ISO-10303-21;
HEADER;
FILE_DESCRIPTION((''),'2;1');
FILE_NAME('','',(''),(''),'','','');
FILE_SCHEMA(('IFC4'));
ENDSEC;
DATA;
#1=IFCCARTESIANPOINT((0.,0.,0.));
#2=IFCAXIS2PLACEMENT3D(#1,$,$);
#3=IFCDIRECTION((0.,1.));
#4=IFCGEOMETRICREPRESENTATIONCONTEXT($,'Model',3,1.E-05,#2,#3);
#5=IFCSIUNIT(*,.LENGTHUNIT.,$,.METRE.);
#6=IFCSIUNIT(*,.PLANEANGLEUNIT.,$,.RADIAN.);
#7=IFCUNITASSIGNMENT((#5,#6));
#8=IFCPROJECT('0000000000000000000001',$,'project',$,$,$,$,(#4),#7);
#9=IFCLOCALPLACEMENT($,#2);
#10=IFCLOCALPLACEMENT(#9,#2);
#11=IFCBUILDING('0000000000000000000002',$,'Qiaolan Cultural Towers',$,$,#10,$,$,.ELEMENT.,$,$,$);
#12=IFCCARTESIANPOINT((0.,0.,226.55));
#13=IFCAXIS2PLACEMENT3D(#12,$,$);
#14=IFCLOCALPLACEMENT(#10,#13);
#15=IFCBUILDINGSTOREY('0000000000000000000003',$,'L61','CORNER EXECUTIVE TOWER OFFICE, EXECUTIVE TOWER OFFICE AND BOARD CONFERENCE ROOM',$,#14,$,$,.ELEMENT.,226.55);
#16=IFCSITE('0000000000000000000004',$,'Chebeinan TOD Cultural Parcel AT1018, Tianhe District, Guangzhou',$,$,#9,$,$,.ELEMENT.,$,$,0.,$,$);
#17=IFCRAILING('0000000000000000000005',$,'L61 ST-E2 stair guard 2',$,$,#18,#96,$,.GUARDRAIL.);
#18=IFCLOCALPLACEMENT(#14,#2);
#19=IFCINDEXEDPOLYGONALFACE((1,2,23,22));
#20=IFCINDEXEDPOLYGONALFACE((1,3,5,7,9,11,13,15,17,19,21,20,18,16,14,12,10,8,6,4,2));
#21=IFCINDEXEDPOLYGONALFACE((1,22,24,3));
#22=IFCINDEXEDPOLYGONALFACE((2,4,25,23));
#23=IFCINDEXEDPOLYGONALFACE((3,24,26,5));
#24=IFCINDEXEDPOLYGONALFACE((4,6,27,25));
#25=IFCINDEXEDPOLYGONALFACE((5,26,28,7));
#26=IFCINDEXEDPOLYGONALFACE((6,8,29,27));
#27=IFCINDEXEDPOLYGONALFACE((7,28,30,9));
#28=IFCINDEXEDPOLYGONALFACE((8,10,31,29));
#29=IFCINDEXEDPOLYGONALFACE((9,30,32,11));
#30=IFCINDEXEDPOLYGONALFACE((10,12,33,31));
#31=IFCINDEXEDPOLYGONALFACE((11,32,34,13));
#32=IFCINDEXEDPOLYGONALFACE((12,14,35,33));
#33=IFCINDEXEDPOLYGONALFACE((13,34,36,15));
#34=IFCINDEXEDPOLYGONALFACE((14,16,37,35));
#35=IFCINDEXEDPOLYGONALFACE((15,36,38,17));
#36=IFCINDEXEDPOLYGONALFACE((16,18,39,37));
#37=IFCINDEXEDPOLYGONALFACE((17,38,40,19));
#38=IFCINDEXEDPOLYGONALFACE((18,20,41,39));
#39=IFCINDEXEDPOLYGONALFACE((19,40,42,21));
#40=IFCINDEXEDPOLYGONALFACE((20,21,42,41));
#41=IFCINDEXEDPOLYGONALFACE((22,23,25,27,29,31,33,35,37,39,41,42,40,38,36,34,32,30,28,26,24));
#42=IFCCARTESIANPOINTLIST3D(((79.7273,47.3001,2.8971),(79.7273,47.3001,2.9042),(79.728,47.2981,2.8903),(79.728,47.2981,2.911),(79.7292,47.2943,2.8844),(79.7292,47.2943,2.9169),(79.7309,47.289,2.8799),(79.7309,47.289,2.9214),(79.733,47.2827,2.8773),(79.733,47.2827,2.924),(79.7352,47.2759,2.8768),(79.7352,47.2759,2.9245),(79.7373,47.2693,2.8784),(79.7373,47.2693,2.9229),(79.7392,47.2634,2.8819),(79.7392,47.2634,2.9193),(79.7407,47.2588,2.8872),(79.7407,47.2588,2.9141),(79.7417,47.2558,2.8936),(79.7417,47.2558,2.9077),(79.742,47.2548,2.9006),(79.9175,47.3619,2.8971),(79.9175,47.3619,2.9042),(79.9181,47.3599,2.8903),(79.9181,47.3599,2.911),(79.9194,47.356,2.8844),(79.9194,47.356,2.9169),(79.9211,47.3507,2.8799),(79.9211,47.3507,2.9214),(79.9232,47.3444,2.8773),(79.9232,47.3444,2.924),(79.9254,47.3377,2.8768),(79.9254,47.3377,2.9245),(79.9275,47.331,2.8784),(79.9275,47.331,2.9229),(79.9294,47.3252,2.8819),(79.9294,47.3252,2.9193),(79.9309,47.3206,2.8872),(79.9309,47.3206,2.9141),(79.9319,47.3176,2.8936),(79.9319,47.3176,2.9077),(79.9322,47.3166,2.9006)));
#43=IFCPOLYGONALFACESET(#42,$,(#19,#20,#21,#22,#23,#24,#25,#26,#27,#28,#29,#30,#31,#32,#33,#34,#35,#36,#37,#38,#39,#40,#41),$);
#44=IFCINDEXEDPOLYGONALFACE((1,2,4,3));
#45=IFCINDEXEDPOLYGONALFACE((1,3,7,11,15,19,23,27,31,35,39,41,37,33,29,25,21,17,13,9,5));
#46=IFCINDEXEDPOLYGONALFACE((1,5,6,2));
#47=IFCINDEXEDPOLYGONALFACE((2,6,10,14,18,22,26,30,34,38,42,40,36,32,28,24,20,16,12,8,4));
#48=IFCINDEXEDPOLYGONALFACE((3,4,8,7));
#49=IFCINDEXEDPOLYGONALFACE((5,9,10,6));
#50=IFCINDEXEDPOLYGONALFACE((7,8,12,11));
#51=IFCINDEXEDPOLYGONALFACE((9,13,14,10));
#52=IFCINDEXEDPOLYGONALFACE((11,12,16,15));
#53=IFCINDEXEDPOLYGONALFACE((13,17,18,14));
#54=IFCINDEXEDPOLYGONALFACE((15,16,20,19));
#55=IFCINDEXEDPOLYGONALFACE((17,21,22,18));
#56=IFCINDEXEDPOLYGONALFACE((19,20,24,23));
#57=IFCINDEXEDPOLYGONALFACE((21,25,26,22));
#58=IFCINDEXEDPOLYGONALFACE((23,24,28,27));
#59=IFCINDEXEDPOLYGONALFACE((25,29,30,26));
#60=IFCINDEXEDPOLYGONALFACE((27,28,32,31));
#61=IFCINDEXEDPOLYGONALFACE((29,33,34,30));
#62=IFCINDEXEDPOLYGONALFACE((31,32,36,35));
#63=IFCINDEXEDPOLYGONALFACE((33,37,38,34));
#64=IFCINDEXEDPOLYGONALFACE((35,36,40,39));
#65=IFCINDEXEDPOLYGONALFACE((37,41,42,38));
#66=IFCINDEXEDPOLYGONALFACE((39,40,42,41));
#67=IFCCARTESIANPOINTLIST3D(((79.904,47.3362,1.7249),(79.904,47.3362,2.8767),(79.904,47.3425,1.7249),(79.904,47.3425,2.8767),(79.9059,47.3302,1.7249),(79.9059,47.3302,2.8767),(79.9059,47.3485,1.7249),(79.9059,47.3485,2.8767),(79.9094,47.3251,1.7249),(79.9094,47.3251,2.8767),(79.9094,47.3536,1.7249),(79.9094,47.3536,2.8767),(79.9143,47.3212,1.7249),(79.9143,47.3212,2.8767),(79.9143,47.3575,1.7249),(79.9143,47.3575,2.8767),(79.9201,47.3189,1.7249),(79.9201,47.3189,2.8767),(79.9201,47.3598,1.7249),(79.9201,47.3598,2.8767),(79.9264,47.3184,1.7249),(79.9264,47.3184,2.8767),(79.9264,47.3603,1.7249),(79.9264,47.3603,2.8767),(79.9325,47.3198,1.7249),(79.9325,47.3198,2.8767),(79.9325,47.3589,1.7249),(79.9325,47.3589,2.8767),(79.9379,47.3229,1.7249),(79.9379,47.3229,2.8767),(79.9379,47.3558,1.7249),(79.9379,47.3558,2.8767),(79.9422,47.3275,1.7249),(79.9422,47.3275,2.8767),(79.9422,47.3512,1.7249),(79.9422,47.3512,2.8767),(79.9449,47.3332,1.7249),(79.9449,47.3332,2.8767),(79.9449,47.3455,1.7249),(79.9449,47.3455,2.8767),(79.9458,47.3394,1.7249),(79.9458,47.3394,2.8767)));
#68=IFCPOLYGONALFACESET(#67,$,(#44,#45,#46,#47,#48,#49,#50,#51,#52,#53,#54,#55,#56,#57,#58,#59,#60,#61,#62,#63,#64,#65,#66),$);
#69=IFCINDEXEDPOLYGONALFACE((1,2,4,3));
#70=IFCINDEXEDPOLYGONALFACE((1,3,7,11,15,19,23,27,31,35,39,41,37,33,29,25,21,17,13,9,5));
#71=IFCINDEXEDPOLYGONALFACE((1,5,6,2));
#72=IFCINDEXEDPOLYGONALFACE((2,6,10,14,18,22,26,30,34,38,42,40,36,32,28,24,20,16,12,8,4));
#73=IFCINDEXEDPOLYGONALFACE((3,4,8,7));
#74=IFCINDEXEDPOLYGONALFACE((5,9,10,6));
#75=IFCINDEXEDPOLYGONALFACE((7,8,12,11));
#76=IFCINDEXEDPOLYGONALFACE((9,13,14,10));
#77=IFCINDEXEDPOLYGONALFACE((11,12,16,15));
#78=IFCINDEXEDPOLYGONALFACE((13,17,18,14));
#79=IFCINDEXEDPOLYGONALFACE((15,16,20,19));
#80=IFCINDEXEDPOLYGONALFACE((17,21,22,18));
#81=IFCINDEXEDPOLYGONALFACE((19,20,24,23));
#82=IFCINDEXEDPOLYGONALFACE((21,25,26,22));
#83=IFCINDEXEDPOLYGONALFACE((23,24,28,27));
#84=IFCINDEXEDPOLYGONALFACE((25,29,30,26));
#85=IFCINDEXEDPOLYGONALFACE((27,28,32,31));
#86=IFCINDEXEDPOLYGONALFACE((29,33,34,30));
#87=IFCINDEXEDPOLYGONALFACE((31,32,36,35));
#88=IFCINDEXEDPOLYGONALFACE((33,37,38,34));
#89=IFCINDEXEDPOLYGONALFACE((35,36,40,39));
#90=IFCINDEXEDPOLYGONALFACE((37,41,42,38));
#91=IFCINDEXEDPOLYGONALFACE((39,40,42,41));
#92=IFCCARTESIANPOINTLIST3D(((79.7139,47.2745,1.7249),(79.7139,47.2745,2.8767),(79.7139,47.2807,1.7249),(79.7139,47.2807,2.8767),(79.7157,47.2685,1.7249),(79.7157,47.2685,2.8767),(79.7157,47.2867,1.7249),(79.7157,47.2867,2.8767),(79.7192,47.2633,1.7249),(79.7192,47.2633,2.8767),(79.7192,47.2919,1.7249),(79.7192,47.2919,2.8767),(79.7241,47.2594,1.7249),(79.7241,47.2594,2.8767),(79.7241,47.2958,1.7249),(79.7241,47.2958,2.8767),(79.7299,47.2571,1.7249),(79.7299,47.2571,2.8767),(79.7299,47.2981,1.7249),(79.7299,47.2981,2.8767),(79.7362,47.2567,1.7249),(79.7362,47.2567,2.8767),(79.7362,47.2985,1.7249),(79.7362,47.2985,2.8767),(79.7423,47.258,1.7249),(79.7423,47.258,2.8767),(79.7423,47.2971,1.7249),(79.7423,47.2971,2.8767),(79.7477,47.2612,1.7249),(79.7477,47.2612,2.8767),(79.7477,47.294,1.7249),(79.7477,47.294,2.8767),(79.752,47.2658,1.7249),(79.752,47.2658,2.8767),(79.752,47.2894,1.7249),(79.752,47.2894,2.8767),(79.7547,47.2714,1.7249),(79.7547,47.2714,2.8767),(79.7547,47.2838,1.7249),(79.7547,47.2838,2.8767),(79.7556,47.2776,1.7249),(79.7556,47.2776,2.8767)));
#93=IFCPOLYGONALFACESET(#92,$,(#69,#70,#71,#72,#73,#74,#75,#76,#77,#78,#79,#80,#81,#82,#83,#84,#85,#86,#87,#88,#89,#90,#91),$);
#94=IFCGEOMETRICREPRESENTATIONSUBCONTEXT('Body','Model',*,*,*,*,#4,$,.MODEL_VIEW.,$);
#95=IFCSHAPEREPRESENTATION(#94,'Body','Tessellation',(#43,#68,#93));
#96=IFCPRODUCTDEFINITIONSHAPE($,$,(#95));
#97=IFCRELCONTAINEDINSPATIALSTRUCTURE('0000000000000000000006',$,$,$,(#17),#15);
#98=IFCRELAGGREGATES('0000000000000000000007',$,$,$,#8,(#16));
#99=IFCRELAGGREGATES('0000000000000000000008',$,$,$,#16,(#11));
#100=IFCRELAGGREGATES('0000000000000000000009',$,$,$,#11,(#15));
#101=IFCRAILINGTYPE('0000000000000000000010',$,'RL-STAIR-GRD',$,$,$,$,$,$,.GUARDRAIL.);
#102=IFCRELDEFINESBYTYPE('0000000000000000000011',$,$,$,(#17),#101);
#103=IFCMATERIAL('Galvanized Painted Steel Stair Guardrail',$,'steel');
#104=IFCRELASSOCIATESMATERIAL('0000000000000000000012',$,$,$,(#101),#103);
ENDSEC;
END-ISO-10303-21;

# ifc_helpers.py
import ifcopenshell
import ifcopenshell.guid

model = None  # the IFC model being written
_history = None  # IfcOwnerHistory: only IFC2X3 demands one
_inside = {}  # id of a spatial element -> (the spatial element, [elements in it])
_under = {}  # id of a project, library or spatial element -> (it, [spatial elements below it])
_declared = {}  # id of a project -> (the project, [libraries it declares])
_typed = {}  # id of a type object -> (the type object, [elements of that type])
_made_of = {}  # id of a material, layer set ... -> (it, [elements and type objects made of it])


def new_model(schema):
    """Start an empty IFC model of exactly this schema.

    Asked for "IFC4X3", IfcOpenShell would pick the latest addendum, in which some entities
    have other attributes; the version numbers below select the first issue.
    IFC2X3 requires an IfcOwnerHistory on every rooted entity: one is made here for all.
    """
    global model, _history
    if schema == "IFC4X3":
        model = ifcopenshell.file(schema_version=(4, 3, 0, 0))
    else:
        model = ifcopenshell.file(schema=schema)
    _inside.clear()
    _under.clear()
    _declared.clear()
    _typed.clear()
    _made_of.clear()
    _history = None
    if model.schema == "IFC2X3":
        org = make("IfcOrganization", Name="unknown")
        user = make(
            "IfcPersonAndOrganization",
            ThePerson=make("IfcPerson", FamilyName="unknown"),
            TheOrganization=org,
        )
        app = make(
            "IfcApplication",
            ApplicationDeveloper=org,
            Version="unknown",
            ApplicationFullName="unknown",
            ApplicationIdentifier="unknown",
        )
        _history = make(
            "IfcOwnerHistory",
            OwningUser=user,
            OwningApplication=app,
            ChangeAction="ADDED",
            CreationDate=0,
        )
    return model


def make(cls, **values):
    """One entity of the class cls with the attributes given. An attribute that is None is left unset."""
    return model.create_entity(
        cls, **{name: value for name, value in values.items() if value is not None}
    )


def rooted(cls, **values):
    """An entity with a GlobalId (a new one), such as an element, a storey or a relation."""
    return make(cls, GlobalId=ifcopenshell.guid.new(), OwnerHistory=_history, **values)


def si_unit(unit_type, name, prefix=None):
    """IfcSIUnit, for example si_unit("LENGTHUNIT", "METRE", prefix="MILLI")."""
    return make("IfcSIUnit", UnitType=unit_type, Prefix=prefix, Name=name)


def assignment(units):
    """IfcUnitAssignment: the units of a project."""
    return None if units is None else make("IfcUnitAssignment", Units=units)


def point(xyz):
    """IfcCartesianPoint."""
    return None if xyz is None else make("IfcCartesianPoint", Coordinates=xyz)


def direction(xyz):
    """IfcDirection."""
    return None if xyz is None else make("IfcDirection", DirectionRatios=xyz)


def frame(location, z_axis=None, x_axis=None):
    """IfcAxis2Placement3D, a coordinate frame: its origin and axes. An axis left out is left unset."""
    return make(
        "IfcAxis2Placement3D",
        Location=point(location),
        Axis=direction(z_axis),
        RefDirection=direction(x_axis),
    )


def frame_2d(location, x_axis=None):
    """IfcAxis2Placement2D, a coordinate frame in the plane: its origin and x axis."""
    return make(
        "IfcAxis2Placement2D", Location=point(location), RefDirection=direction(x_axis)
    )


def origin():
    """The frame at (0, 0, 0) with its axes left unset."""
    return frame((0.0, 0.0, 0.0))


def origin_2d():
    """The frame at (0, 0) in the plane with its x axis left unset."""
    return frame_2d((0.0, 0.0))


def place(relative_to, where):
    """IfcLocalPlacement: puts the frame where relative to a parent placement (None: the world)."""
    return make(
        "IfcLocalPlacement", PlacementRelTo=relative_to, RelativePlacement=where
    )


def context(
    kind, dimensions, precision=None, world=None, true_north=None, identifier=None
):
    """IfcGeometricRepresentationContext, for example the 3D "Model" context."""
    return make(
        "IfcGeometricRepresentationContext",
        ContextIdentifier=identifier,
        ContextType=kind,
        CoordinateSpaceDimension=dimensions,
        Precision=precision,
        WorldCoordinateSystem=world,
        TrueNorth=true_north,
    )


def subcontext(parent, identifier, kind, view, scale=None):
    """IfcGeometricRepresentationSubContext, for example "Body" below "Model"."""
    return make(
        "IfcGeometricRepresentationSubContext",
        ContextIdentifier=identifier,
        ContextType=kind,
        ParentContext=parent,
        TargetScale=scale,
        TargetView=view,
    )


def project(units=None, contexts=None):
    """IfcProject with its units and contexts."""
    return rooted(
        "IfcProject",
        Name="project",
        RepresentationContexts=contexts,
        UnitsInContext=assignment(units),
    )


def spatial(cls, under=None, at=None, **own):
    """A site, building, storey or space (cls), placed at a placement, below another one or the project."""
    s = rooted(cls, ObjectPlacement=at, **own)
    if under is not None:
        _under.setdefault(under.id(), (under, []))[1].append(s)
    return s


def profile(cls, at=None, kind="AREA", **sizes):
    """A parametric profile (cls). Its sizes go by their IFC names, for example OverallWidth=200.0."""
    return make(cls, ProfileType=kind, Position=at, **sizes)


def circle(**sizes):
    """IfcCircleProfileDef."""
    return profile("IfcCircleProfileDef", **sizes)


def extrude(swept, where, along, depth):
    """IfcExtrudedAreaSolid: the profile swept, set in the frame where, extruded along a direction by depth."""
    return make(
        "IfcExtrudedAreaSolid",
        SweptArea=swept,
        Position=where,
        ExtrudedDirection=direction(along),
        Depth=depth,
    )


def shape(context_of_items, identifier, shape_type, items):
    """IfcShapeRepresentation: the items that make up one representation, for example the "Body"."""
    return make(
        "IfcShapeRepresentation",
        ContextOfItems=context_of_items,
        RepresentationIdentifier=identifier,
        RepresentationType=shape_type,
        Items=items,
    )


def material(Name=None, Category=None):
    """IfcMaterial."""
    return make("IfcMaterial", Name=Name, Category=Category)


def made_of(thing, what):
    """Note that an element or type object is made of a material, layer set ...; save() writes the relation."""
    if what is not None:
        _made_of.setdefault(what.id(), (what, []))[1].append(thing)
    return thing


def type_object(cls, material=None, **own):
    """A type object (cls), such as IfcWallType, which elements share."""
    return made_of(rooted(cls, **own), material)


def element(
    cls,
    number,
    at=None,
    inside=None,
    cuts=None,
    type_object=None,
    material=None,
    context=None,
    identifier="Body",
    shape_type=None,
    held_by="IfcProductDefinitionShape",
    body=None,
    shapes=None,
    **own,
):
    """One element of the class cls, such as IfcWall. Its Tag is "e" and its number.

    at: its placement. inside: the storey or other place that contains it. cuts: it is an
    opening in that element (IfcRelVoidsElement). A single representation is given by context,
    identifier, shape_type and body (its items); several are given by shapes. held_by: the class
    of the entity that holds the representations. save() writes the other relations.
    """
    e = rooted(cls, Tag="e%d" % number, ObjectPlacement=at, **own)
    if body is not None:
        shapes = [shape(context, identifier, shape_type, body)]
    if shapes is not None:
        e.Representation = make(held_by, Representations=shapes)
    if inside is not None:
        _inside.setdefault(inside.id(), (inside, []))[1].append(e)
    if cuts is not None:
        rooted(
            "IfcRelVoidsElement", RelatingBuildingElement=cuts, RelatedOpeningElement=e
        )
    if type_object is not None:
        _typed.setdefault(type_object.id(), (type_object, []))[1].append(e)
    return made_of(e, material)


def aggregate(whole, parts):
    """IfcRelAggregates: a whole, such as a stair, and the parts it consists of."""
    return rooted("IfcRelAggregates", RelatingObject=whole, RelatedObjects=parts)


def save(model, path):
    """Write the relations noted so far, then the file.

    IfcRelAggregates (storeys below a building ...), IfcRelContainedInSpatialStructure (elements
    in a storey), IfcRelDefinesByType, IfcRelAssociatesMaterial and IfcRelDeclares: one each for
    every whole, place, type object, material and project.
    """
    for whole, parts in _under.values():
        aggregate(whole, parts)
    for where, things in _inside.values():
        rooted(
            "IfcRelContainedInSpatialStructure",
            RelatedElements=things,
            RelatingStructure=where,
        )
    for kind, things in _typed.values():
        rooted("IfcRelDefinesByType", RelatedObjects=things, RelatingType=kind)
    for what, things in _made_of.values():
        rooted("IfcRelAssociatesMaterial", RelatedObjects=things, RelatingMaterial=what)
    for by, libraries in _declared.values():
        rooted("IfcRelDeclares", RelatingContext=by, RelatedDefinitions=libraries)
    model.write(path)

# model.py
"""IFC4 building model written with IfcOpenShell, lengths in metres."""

from ifc_helpers import new_model, si_unit, direction, frame, origin, origin_2d, place, context, subcontext, project, spatial, circle, extrude, material, type_object, element, save


model = new_model("IFC4")

# Units and contexts
model_context = context("Model", 3, precision=1e-05, world=origin(), true_north=direction((0.0, 1.0)))
body_context = subcontext(model_context, "Body", "Model", "MODEL_VIEW")
ifc_project = project(units=[si_unit("LENGTHUNIT", "METRE"), si_unit("PLANEANGLEUNIT", "RADIAN")], contexts=[model_context])

# Site, building, storey
site_placement = place(None, origin())
site = spatial("IfcSite", under=ifc_project, at=site_placement, Name="Chebeinan TOD Cultural Parcel AT1018, Tianhe District, Guangzhou", CompositionType="ELEMENT", RefElevation=0.0)
building_placement = place(site_placement, origin())
building = spatial("IfcBuilding", under=site, at=building_placement, Name="Qiaolan Cultural Towers", CompositionType="ELEMENT")
storey_placement = place(building_placement, frame((0.0, 0.0, 226.55)))
storey = spatial("IfcBuildingStorey", under=building, at=storey_placement, Name="L61", Description="CORNER EXECUTIVE TOWER OFFICE, EXECUTIVE TOWER OFFICE AND BOARD CONFERENCE ROOM", CompositionType="ELEMENT", Elevation=226.55)

# Railing
ifc_material_1 = material(Name="Galvanized Painted Steel Stair Guardrail", Category="steel")
railing_type_1 = type_object("IfcRailingType", Name="RL-STAIR-GRD", PredefinedType="GUARDRAIL", material=ifc_material_1)
railing_1_placement = place(storey_placement, frame((79.9248, 47.3394, 1.7249)))
element("IfcRailing", 1, at=railing_1_placement, inside=storey, type_object=railing_type_1, Name="L61 ST-E2 stair guard 2", PredefinedType="GUARDRAIL", context=body_context, shape_type="SweptSolid", body=[
    extrude(circle(Radius=0.0239, at=origin_2d()), frame((0.0, 0.0, 1.1758), z_axis=(-0.951097, -0.308893, 0.0), x_axis=(0.308893, -0.951097, 0.0)), (0.0, 0.0, 1.0), 0.2),
    extrude(circle(Radius=0.021, at=origin_2d()), origin(), (0.0, 0.0, 1.0), 1.1519),
    extrude(circle(Radius=0.021, at=origin_2d()), frame((-0.1902, -0.0618, 0.0)), (0.0, 0.0, 1.0), 1.1519),
])

save(model, "model.ifc")
